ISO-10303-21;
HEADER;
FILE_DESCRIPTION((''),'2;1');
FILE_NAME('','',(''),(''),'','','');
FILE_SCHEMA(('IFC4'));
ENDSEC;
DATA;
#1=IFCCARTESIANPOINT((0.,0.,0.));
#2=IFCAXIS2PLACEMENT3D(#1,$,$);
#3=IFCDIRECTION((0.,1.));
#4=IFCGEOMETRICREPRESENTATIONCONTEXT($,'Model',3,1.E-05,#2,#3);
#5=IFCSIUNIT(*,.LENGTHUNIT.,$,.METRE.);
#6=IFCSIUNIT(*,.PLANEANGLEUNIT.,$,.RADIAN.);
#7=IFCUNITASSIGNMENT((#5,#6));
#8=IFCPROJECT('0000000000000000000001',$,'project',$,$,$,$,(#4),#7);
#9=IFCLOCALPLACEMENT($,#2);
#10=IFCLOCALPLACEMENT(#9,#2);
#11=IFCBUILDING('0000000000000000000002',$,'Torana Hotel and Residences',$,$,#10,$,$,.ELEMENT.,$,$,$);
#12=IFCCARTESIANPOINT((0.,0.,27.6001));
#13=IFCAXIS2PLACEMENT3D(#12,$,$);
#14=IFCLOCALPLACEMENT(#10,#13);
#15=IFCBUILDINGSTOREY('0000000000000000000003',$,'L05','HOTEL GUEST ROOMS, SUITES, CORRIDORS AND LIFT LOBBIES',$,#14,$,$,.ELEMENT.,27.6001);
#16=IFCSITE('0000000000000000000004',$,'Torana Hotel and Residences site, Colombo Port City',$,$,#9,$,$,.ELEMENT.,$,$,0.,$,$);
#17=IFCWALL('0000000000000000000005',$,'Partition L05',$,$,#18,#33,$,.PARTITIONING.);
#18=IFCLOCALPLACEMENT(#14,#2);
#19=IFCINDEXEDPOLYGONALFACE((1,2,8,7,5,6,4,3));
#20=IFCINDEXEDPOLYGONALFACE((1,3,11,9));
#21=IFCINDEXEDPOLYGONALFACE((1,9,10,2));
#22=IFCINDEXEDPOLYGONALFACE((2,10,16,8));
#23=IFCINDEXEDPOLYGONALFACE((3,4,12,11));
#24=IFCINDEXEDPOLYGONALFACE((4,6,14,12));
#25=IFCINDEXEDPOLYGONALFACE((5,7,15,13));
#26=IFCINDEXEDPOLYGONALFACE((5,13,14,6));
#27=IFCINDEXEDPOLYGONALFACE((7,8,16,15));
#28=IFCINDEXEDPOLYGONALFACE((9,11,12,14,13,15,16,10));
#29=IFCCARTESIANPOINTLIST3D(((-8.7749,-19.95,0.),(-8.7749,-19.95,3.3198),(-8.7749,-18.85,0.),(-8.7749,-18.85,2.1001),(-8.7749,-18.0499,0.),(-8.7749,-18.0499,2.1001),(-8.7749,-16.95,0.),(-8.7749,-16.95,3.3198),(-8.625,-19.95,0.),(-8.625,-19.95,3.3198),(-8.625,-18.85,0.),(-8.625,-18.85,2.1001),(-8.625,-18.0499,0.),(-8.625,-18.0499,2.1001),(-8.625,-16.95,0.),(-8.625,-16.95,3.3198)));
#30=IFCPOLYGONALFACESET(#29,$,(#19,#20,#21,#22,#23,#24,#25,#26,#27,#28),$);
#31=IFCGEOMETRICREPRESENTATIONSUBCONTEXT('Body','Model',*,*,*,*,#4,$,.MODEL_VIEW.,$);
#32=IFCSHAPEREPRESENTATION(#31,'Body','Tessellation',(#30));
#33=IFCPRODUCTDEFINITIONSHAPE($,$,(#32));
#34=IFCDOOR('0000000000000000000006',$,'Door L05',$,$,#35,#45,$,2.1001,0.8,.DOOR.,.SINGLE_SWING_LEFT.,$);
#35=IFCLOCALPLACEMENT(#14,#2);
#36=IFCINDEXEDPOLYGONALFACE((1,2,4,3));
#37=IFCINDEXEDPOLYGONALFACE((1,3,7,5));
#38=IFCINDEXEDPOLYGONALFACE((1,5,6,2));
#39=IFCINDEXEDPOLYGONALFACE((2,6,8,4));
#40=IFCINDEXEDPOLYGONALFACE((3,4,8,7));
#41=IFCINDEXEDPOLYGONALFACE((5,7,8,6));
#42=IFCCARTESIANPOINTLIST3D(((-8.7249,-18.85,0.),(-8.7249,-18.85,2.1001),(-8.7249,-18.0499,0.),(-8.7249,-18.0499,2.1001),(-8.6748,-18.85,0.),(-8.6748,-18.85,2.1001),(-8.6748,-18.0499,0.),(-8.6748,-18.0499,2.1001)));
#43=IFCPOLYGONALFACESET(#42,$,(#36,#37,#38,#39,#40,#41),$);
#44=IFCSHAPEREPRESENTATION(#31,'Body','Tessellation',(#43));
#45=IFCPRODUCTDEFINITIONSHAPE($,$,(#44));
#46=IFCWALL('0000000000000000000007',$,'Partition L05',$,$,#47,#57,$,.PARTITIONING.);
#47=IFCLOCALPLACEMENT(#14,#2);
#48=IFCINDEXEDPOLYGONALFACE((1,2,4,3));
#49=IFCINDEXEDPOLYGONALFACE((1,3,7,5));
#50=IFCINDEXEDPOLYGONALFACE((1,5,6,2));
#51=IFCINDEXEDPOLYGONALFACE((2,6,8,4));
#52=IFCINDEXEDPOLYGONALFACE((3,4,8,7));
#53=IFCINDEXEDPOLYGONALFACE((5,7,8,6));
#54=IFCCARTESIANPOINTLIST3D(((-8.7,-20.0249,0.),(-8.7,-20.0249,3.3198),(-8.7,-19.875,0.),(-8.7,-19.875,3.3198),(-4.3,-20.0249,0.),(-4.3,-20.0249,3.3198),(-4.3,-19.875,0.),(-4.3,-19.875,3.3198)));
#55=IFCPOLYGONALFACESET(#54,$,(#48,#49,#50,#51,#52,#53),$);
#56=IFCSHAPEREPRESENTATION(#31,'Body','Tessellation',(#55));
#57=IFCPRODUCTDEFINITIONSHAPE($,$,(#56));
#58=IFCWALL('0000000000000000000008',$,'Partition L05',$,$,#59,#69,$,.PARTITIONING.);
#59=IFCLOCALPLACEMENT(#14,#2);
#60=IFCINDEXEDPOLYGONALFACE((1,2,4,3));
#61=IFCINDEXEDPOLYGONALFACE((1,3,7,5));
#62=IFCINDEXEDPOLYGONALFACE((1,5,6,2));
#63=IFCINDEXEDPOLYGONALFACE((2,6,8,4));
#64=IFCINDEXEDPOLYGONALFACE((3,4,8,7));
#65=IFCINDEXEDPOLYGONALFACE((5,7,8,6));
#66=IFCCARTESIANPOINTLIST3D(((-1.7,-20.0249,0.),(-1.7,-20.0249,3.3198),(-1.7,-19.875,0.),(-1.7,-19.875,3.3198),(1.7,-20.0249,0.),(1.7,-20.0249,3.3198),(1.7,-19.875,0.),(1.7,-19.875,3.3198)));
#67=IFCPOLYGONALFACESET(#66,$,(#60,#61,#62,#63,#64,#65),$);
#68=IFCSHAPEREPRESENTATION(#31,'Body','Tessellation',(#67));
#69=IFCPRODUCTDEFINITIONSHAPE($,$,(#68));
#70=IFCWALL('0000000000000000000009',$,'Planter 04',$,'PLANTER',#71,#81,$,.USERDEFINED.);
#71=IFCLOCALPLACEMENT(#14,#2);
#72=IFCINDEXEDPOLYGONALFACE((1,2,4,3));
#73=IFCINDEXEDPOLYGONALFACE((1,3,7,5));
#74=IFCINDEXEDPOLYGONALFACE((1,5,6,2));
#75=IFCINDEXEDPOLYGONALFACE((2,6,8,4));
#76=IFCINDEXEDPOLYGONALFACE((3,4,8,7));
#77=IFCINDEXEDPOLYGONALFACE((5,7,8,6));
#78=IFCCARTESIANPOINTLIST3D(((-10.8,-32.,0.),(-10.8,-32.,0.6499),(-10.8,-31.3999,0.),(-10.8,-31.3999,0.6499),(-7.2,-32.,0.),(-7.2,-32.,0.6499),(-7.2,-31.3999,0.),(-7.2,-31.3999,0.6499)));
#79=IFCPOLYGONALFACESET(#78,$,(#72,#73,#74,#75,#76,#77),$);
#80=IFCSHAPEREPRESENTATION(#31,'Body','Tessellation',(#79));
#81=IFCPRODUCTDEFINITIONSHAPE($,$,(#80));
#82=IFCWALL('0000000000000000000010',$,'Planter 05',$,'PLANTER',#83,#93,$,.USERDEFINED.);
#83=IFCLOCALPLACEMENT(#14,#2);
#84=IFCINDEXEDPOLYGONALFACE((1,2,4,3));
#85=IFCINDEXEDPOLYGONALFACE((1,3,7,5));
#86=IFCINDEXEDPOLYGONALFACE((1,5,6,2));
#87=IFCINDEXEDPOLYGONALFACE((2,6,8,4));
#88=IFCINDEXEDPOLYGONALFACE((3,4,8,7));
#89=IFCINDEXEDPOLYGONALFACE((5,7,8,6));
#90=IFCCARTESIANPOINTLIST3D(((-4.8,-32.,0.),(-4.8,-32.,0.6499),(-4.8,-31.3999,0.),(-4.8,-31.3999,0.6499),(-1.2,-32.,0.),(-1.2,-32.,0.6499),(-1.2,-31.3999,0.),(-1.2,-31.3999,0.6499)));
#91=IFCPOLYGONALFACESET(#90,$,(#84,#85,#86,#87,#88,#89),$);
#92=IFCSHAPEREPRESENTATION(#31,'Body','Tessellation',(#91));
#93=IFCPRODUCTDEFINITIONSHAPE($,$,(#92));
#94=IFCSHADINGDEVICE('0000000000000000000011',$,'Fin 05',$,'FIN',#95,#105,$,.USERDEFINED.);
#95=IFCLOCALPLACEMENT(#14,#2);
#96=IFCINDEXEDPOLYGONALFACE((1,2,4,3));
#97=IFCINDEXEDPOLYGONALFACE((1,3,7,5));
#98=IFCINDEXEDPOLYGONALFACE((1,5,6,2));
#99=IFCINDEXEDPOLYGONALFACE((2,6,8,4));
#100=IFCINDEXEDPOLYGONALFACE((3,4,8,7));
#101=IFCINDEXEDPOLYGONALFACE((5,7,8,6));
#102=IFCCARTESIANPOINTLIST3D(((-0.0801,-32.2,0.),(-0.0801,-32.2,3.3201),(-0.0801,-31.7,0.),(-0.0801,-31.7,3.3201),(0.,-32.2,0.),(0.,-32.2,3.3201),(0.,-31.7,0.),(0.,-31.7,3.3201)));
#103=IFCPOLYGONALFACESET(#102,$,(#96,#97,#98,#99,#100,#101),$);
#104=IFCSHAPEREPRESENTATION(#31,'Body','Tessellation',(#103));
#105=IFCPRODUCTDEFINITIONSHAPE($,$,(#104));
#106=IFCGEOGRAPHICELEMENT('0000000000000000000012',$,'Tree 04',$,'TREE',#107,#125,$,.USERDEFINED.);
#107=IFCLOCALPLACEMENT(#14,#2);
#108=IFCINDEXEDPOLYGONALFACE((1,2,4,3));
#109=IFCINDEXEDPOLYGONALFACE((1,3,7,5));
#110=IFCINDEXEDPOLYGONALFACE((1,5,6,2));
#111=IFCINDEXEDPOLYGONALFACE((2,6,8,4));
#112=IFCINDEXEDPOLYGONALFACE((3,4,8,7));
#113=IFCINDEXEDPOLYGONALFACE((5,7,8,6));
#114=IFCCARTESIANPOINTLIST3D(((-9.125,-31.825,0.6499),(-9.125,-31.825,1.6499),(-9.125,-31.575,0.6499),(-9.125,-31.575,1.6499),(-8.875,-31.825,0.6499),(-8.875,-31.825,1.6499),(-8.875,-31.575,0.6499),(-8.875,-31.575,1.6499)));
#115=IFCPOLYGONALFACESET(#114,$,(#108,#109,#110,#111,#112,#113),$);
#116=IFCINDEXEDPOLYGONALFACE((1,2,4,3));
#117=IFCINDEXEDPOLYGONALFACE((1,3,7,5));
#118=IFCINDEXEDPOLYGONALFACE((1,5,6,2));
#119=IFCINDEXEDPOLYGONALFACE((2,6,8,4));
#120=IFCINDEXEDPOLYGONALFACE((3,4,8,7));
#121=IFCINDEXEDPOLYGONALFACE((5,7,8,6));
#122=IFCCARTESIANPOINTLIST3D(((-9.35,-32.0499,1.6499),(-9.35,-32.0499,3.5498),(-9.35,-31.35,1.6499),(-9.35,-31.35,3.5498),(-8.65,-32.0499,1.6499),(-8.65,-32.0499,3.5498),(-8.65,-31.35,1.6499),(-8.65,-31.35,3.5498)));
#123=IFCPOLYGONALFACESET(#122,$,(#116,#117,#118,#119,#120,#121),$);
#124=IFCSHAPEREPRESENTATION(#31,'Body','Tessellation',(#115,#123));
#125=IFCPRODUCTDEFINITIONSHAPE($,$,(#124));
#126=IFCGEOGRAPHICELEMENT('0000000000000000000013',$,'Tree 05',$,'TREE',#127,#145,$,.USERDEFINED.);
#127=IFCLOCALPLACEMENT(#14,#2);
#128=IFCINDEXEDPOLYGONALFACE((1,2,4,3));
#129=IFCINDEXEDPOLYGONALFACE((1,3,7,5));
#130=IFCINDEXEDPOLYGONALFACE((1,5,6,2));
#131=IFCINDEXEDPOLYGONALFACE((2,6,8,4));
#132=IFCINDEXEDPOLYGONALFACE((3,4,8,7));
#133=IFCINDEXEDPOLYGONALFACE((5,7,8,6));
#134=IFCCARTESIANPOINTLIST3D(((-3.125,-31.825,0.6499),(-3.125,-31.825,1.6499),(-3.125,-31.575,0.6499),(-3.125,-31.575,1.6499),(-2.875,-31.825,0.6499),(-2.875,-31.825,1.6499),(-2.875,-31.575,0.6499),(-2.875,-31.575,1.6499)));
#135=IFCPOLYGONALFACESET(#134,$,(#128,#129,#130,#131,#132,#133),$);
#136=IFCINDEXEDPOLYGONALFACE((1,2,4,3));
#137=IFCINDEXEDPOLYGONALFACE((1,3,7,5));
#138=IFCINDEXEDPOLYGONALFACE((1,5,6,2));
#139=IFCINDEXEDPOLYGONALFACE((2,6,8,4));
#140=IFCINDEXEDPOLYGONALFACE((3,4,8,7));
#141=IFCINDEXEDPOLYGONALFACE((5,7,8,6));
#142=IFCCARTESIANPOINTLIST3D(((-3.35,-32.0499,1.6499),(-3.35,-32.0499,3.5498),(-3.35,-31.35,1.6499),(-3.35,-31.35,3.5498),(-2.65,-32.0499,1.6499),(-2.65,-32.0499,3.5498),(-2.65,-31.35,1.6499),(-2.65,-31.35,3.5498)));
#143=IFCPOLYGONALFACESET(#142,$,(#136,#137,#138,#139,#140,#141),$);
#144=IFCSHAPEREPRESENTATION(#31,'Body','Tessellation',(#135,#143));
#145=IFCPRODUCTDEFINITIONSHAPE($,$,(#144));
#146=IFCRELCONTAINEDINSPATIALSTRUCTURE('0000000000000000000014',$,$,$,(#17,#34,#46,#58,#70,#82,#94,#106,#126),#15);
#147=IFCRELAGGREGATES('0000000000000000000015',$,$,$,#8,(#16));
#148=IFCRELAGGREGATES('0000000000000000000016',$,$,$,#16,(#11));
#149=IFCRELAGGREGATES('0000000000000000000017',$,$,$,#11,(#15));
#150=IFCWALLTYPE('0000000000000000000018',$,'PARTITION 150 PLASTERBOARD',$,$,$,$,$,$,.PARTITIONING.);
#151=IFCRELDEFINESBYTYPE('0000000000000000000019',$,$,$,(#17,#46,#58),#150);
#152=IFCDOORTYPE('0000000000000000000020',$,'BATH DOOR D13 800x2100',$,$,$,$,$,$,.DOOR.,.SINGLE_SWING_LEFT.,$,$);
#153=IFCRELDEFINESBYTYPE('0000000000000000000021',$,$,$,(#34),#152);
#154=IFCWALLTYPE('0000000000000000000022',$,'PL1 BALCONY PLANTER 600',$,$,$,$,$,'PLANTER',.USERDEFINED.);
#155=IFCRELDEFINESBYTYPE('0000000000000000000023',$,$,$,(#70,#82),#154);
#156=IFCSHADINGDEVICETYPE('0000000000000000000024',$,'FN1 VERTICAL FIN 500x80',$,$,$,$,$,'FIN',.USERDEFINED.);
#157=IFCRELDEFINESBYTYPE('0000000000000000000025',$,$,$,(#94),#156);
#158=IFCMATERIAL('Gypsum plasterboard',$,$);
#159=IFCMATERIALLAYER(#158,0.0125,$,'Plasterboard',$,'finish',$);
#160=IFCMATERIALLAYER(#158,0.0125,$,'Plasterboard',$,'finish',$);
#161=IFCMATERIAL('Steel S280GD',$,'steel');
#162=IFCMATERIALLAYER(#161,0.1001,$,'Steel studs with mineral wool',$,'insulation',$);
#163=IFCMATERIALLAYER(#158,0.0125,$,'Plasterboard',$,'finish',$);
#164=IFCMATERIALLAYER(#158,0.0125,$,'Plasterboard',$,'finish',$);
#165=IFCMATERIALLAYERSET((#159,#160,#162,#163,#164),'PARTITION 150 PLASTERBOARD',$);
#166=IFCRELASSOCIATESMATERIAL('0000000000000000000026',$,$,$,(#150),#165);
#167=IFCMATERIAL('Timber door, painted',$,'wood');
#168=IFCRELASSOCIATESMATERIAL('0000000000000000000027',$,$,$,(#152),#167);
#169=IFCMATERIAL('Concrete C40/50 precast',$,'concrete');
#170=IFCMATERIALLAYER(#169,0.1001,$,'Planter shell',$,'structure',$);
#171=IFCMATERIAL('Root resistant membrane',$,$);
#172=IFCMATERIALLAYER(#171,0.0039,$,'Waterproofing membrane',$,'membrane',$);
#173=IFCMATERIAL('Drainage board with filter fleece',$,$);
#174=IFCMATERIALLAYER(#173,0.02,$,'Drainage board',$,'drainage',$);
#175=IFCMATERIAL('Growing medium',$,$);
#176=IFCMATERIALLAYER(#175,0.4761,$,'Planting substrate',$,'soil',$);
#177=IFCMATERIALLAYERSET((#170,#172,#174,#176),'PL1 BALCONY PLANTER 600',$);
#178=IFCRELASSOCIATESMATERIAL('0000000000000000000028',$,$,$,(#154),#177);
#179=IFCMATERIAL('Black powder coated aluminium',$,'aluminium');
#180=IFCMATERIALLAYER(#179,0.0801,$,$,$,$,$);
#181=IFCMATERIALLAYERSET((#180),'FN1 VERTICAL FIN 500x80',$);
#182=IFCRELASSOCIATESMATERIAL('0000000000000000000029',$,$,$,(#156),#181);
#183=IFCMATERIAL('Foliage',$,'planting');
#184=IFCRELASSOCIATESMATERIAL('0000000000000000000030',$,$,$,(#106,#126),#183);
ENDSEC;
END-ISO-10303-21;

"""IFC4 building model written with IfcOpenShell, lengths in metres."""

from ifc_helpers import new_model, si_unit, direction, frame, frame_2d, origin, origin_2d, place, context, subcontext, project, spatial, rectangle, extrude, material, layer, layer_set, type_object, element, fill, save


model = new_model("IFC4")

# Units and contexts
model_context = context("Model", 3, precision=1e-05, world=origin(), true_north=direction((0.0, 1.0)))
body_context = subcontext(model_context, "Body", "Model", "MODEL_VIEW")
ifc_project = project(units=[si_unit("LENGTHUNIT", "METRE"), si_unit("PLANEANGLEUNIT", "RADIAN")], contexts=[model_context])

# Site, building, storey
site_placement = place(None, origin())
site = spatial("IfcSite", under=ifc_project, at=site_placement, Name="Torana Hotel and Residences site, Colombo Port City", CompositionType="ELEMENT", RefElevation=0.0)
building_placement = place(site_placement, origin())
building = spatial("IfcBuilding", under=site, at=building_placement, Name="Torana Hotel and Residences", CompositionType="ELEMENT")
storey_placement = place(building_placement, frame((0.0, 0.0, 27.6001)))
storey = spatial("IfcBuildingStorey", under=building, at=storey_placement, Name="L05", Description="HOTEL GUEST ROOMS, SUITES, CORRIDORS AND LIFT LOBBIES", CompositionType="ELEMENT", Elevation=27.6001)

# Shared definitions
ifc_material_1 = material(Name="Gypsum plasterboard")
ifc_layer_1 = layer(ifc_material_1, 0.0125, Name="Plasterboard", Category="finish")
ifc_layer_2 = layer(ifc_material_1, 0.0125, Name="Plasterboard", Category="finish")
ifc_material_2 = material(Name="Steel S280GD", Category="steel")
ifc_layer_3 = layer(ifc_material_2, 0.1001, Name="Steel studs with mineral wool", Category="insulation")
ifc_layer_4 = layer(ifc_material_1, 0.0125, Name="Plasterboard", Category="finish")
ifc_layer_5 = layer(ifc_material_1, 0.0125, Name="Plasterboard", Category="finish")
ifc_layer_set_1 = layer_set([ifc_layer_1, ifc_layer_2, ifc_layer_3, ifc_layer_4, ifc_layer_5], Name="PARTITION 150 PLASTERBOARD")
wall_type_1 = type_object("IfcWallType", Name="PARTITION 150 PLASTERBOARD", PredefinedType="PARTITIONING", material=ifc_layer_set_1)
ifc_material_3 = material(Name="Timber door, painted", Category="wood")
door_type_1 = type_object("IfcDoorType", Name="BATH DOOR D13 800x2100", OperationType="SINGLE_SWING_LEFT", PredefinedType="DOOR", material=ifc_material_3)

# Wall, opening, door
wall_1_placement = place(storey_placement, frame((-8.7, -19.95, 0.0), z_axis=(0.0, 0.0, 1.0), x_axis=(0.0, 1.0, 0.0)))
wall_1 = element("IfcWall", 1, at=wall_1_placement, inside=storey, type_object=wall_type_1, Name="Partition L05", PredefinedType="PARTITIONING", context=body_context, shape_type="SweptSolid", body=[
    extrude(rectangle(XDim=3.0, YDim=0.1499, at=frame_2d((1.5, 0.0))), origin(), (0.0, 0.0, 1.0), 3.3198),
])
opening_1_placement = place(wall_1_placement, frame((1.1001, 0.0, 0.0)))
opening_1 = element("IfcOpeningElement", 2, at=opening_1_placement, cuts=wall_1, PredefinedType="OPENING", context=body_context, shape_type="SweptSolid", body=[
    extrude(rectangle(XDim=0.8, YDim=2.1001, at=frame_2d((0.3999, 1.05))), frame((0.0, 0.085, 0.0), z_axis=(0.0, -1.0, 0.0), x_axis=(1.0, 0.0, 0.0)), (0.0, 0.0, 1.0), 0.1699),
])
door_1_placement = place(opening_1_placement, origin())
door_1 = element("IfcDoor", 3, at=door_1_placement, inside=storey, type_object=door_type_1, Name="Door L05", OperationType="SINGLE_SWING_LEFT", OverallHeight=2.1001, OverallWidth=0.8, PredefinedType="DOOR", context=body_context, shape_type="SweptSolid", body=[
    extrude(rectangle(XDim=0.8, YDim=2.1001, at=frame_2d((0.3999, 1.05))), frame((0.0, 0.0249, 0.0), z_axis=(0.0, -1.0, 0.0), x_axis=(1.0, 0.0, 0.0)), (0.0, 0.0, 1.0), 0.05),
])
fill(opening_1, door_1)

# Walls
wall_2_placement = place(storey_placement, frame((-8.7, -19.95, 0.0), z_axis=(0.0, 0.0, 1.0), x_axis=(1.0, 0.0, 0.0)))
element("IfcWall", 4, at=wall_2_placement, inside=storey, type_object=wall_type_1, Name="Partition L05", PredefinedType="PARTITIONING", context=body_context, shape_type="SweptSolid", body=[
    extrude(rectangle(XDim=4.3999, YDim=0.1499, at=frame_2d((2.2, 0.0))), origin(), (0.0, 0.0, 1.0), 3.3198),
])
wall_3_placement = place(storey_placement, frame((-1.7, -19.95, 0.0), z_axis=(0.0, 0.0, 1.0), x_axis=(1.0, 0.0, 0.0)))
element("IfcWall", 5, at=wall_3_placement, inside=storey, type_object=wall_type_1, Name="Partition L05", PredefinedType="PARTITIONING", context=body_context, shape_type="SweptSolid", body=[
    extrude(rectangle(XDim=3.3999, YDim=0.1499, at=frame_2d((1.7, 0.0))), origin(), (0.0, 0.0, 1.0), 3.3198),
])
ifc_material_4 = material(Name="Concrete C40/50 precast", Category="concrete")
ifc_layer_6 = layer(ifc_material_4, 0.1001, Name="Planter shell", Category="structure")
ifc_material_5 = material(Name="Root resistant membrane")
ifc_layer_7 = layer(ifc_material_5, 0.0039, Name="Waterproofing membrane", Category="membrane")
ifc_material_6 = material(Name="Drainage board with filter fleece")
ifc_layer_8 = layer(ifc_material_6, 0.02, Name="Drainage board", Category="drainage")
ifc_material_7 = material(Name="Growing medium")
ifc_layer_9 = layer(ifc_material_7, 0.4761, Name="Planting substrate", Category="soil")
ifc_layer_set_2 = layer_set([ifc_layer_6, ifc_layer_7, ifc_layer_8, ifc_layer_9], Name="PL1 BALCONY PLANTER 600")
wall_type_2 = type_object("IfcWallType", Name="PL1 BALCONY PLANTER 600", ElementType="PLANTER", PredefinedType="USERDEFINED", material=ifc_layer_set_2)
for number, where, z_axis, x_axis, name in (
    (6, (-7.2, -31.7, 0.0), (0.0, 0.0, 1.0), (-1.0, 0.0, 0.0), "Planter 04"),
    (7, (-1.2, -31.7, 0.0), (0.0, 0.0, 1.0), (-1.0, 0.0, 0.0), "Planter 05"),
):
    element("IfcWall", number, at=place(storey_placement, frame(where, z_axis=z_axis, x_axis=x_axis)), inside=storey, type_object=wall_type_2, Name=name, ObjectType="PLANTER", PredefinedType="USERDEFINED", context=body_context, shape_type="SweptSolid", body=[
        extrude(rectangle(XDim=3.6001, YDim=0.6001, at=frame_2d((1.8, 0.0))), origin(), (0.0, 0.0, 1.0), 0.6499),
    ])

# Shading device
ifc_material_8 = material(Name="Black powder coated aluminium", Category="aluminium")
ifc_layer_10 = layer(ifc_material_8, 0.0801)
ifc_layer_set_3 = layer_set([ifc_layer_10], Name="FN1 VERTICAL FIN 500x80")
shading_device_type = type_object("IfcShadingDeviceType", Name="FN1 VERTICAL FIN 500x80", ElementType="FIN", PredefinedType="USERDEFINED", material=ifc_layer_set_3)
shading_device_placement = place(storey_placement, frame((-0.04, -31.95, 0.0), z_axis=(0.0, 0.0, 1.0), x_axis=(-1.0, 0.0, 0.0)))
element("IfcShadingDevice", 8, at=shading_device_placement, inside=storey, type_object=shading_device_type, Name="Fin 05", ObjectType="FIN", PredefinedType="USERDEFINED", context=body_context, shape_type="SweptSolid", body=[
    extrude(rectangle(XDim=0.0801, YDim=0.5, at=origin_2d()), origin(), (0.0, 0.0, 1.0), 3.3201),
])

# Geographic elements
ifc_material_9 = material(Name="Foliage", Category="planting")
for number, where, z_axis, x_axis, name in (
    (9, (-9.0, -31.7, 0.6499), (0.0, 0.0, 1.0), (1.0, 0.0, 0.0), "Tree 04"),
    (10, (-3.0, -31.7, 0.6499), (0.0, 0.0, 1.0), (1.0, 0.0, 0.0), "Tree 05"),
):
    element("IfcGeographicElement", number, at=place(storey_placement, frame(where, z_axis=z_axis, x_axis=x_axis)), inside=storey, material=ifc_material_9, Name=name, ObjectType="TREE", PredefinedType="USERDEFINED", context=body_context, shape_type="SweptSolid", body=[
        extrude(rectangle(XDim=0.25, YDim=0.25, at=origin_2d()), origin(), (0.0, 0.0, 1.0), 1.0),
        extrude(rectangle(XDim=0.7, YDim=0.7, at=origin_2d()), frame((0.0, 0.0, 1.0)), (0.0, 0.0, 1.0), 1.8999),
    ])

save(model, "model.ifc")
